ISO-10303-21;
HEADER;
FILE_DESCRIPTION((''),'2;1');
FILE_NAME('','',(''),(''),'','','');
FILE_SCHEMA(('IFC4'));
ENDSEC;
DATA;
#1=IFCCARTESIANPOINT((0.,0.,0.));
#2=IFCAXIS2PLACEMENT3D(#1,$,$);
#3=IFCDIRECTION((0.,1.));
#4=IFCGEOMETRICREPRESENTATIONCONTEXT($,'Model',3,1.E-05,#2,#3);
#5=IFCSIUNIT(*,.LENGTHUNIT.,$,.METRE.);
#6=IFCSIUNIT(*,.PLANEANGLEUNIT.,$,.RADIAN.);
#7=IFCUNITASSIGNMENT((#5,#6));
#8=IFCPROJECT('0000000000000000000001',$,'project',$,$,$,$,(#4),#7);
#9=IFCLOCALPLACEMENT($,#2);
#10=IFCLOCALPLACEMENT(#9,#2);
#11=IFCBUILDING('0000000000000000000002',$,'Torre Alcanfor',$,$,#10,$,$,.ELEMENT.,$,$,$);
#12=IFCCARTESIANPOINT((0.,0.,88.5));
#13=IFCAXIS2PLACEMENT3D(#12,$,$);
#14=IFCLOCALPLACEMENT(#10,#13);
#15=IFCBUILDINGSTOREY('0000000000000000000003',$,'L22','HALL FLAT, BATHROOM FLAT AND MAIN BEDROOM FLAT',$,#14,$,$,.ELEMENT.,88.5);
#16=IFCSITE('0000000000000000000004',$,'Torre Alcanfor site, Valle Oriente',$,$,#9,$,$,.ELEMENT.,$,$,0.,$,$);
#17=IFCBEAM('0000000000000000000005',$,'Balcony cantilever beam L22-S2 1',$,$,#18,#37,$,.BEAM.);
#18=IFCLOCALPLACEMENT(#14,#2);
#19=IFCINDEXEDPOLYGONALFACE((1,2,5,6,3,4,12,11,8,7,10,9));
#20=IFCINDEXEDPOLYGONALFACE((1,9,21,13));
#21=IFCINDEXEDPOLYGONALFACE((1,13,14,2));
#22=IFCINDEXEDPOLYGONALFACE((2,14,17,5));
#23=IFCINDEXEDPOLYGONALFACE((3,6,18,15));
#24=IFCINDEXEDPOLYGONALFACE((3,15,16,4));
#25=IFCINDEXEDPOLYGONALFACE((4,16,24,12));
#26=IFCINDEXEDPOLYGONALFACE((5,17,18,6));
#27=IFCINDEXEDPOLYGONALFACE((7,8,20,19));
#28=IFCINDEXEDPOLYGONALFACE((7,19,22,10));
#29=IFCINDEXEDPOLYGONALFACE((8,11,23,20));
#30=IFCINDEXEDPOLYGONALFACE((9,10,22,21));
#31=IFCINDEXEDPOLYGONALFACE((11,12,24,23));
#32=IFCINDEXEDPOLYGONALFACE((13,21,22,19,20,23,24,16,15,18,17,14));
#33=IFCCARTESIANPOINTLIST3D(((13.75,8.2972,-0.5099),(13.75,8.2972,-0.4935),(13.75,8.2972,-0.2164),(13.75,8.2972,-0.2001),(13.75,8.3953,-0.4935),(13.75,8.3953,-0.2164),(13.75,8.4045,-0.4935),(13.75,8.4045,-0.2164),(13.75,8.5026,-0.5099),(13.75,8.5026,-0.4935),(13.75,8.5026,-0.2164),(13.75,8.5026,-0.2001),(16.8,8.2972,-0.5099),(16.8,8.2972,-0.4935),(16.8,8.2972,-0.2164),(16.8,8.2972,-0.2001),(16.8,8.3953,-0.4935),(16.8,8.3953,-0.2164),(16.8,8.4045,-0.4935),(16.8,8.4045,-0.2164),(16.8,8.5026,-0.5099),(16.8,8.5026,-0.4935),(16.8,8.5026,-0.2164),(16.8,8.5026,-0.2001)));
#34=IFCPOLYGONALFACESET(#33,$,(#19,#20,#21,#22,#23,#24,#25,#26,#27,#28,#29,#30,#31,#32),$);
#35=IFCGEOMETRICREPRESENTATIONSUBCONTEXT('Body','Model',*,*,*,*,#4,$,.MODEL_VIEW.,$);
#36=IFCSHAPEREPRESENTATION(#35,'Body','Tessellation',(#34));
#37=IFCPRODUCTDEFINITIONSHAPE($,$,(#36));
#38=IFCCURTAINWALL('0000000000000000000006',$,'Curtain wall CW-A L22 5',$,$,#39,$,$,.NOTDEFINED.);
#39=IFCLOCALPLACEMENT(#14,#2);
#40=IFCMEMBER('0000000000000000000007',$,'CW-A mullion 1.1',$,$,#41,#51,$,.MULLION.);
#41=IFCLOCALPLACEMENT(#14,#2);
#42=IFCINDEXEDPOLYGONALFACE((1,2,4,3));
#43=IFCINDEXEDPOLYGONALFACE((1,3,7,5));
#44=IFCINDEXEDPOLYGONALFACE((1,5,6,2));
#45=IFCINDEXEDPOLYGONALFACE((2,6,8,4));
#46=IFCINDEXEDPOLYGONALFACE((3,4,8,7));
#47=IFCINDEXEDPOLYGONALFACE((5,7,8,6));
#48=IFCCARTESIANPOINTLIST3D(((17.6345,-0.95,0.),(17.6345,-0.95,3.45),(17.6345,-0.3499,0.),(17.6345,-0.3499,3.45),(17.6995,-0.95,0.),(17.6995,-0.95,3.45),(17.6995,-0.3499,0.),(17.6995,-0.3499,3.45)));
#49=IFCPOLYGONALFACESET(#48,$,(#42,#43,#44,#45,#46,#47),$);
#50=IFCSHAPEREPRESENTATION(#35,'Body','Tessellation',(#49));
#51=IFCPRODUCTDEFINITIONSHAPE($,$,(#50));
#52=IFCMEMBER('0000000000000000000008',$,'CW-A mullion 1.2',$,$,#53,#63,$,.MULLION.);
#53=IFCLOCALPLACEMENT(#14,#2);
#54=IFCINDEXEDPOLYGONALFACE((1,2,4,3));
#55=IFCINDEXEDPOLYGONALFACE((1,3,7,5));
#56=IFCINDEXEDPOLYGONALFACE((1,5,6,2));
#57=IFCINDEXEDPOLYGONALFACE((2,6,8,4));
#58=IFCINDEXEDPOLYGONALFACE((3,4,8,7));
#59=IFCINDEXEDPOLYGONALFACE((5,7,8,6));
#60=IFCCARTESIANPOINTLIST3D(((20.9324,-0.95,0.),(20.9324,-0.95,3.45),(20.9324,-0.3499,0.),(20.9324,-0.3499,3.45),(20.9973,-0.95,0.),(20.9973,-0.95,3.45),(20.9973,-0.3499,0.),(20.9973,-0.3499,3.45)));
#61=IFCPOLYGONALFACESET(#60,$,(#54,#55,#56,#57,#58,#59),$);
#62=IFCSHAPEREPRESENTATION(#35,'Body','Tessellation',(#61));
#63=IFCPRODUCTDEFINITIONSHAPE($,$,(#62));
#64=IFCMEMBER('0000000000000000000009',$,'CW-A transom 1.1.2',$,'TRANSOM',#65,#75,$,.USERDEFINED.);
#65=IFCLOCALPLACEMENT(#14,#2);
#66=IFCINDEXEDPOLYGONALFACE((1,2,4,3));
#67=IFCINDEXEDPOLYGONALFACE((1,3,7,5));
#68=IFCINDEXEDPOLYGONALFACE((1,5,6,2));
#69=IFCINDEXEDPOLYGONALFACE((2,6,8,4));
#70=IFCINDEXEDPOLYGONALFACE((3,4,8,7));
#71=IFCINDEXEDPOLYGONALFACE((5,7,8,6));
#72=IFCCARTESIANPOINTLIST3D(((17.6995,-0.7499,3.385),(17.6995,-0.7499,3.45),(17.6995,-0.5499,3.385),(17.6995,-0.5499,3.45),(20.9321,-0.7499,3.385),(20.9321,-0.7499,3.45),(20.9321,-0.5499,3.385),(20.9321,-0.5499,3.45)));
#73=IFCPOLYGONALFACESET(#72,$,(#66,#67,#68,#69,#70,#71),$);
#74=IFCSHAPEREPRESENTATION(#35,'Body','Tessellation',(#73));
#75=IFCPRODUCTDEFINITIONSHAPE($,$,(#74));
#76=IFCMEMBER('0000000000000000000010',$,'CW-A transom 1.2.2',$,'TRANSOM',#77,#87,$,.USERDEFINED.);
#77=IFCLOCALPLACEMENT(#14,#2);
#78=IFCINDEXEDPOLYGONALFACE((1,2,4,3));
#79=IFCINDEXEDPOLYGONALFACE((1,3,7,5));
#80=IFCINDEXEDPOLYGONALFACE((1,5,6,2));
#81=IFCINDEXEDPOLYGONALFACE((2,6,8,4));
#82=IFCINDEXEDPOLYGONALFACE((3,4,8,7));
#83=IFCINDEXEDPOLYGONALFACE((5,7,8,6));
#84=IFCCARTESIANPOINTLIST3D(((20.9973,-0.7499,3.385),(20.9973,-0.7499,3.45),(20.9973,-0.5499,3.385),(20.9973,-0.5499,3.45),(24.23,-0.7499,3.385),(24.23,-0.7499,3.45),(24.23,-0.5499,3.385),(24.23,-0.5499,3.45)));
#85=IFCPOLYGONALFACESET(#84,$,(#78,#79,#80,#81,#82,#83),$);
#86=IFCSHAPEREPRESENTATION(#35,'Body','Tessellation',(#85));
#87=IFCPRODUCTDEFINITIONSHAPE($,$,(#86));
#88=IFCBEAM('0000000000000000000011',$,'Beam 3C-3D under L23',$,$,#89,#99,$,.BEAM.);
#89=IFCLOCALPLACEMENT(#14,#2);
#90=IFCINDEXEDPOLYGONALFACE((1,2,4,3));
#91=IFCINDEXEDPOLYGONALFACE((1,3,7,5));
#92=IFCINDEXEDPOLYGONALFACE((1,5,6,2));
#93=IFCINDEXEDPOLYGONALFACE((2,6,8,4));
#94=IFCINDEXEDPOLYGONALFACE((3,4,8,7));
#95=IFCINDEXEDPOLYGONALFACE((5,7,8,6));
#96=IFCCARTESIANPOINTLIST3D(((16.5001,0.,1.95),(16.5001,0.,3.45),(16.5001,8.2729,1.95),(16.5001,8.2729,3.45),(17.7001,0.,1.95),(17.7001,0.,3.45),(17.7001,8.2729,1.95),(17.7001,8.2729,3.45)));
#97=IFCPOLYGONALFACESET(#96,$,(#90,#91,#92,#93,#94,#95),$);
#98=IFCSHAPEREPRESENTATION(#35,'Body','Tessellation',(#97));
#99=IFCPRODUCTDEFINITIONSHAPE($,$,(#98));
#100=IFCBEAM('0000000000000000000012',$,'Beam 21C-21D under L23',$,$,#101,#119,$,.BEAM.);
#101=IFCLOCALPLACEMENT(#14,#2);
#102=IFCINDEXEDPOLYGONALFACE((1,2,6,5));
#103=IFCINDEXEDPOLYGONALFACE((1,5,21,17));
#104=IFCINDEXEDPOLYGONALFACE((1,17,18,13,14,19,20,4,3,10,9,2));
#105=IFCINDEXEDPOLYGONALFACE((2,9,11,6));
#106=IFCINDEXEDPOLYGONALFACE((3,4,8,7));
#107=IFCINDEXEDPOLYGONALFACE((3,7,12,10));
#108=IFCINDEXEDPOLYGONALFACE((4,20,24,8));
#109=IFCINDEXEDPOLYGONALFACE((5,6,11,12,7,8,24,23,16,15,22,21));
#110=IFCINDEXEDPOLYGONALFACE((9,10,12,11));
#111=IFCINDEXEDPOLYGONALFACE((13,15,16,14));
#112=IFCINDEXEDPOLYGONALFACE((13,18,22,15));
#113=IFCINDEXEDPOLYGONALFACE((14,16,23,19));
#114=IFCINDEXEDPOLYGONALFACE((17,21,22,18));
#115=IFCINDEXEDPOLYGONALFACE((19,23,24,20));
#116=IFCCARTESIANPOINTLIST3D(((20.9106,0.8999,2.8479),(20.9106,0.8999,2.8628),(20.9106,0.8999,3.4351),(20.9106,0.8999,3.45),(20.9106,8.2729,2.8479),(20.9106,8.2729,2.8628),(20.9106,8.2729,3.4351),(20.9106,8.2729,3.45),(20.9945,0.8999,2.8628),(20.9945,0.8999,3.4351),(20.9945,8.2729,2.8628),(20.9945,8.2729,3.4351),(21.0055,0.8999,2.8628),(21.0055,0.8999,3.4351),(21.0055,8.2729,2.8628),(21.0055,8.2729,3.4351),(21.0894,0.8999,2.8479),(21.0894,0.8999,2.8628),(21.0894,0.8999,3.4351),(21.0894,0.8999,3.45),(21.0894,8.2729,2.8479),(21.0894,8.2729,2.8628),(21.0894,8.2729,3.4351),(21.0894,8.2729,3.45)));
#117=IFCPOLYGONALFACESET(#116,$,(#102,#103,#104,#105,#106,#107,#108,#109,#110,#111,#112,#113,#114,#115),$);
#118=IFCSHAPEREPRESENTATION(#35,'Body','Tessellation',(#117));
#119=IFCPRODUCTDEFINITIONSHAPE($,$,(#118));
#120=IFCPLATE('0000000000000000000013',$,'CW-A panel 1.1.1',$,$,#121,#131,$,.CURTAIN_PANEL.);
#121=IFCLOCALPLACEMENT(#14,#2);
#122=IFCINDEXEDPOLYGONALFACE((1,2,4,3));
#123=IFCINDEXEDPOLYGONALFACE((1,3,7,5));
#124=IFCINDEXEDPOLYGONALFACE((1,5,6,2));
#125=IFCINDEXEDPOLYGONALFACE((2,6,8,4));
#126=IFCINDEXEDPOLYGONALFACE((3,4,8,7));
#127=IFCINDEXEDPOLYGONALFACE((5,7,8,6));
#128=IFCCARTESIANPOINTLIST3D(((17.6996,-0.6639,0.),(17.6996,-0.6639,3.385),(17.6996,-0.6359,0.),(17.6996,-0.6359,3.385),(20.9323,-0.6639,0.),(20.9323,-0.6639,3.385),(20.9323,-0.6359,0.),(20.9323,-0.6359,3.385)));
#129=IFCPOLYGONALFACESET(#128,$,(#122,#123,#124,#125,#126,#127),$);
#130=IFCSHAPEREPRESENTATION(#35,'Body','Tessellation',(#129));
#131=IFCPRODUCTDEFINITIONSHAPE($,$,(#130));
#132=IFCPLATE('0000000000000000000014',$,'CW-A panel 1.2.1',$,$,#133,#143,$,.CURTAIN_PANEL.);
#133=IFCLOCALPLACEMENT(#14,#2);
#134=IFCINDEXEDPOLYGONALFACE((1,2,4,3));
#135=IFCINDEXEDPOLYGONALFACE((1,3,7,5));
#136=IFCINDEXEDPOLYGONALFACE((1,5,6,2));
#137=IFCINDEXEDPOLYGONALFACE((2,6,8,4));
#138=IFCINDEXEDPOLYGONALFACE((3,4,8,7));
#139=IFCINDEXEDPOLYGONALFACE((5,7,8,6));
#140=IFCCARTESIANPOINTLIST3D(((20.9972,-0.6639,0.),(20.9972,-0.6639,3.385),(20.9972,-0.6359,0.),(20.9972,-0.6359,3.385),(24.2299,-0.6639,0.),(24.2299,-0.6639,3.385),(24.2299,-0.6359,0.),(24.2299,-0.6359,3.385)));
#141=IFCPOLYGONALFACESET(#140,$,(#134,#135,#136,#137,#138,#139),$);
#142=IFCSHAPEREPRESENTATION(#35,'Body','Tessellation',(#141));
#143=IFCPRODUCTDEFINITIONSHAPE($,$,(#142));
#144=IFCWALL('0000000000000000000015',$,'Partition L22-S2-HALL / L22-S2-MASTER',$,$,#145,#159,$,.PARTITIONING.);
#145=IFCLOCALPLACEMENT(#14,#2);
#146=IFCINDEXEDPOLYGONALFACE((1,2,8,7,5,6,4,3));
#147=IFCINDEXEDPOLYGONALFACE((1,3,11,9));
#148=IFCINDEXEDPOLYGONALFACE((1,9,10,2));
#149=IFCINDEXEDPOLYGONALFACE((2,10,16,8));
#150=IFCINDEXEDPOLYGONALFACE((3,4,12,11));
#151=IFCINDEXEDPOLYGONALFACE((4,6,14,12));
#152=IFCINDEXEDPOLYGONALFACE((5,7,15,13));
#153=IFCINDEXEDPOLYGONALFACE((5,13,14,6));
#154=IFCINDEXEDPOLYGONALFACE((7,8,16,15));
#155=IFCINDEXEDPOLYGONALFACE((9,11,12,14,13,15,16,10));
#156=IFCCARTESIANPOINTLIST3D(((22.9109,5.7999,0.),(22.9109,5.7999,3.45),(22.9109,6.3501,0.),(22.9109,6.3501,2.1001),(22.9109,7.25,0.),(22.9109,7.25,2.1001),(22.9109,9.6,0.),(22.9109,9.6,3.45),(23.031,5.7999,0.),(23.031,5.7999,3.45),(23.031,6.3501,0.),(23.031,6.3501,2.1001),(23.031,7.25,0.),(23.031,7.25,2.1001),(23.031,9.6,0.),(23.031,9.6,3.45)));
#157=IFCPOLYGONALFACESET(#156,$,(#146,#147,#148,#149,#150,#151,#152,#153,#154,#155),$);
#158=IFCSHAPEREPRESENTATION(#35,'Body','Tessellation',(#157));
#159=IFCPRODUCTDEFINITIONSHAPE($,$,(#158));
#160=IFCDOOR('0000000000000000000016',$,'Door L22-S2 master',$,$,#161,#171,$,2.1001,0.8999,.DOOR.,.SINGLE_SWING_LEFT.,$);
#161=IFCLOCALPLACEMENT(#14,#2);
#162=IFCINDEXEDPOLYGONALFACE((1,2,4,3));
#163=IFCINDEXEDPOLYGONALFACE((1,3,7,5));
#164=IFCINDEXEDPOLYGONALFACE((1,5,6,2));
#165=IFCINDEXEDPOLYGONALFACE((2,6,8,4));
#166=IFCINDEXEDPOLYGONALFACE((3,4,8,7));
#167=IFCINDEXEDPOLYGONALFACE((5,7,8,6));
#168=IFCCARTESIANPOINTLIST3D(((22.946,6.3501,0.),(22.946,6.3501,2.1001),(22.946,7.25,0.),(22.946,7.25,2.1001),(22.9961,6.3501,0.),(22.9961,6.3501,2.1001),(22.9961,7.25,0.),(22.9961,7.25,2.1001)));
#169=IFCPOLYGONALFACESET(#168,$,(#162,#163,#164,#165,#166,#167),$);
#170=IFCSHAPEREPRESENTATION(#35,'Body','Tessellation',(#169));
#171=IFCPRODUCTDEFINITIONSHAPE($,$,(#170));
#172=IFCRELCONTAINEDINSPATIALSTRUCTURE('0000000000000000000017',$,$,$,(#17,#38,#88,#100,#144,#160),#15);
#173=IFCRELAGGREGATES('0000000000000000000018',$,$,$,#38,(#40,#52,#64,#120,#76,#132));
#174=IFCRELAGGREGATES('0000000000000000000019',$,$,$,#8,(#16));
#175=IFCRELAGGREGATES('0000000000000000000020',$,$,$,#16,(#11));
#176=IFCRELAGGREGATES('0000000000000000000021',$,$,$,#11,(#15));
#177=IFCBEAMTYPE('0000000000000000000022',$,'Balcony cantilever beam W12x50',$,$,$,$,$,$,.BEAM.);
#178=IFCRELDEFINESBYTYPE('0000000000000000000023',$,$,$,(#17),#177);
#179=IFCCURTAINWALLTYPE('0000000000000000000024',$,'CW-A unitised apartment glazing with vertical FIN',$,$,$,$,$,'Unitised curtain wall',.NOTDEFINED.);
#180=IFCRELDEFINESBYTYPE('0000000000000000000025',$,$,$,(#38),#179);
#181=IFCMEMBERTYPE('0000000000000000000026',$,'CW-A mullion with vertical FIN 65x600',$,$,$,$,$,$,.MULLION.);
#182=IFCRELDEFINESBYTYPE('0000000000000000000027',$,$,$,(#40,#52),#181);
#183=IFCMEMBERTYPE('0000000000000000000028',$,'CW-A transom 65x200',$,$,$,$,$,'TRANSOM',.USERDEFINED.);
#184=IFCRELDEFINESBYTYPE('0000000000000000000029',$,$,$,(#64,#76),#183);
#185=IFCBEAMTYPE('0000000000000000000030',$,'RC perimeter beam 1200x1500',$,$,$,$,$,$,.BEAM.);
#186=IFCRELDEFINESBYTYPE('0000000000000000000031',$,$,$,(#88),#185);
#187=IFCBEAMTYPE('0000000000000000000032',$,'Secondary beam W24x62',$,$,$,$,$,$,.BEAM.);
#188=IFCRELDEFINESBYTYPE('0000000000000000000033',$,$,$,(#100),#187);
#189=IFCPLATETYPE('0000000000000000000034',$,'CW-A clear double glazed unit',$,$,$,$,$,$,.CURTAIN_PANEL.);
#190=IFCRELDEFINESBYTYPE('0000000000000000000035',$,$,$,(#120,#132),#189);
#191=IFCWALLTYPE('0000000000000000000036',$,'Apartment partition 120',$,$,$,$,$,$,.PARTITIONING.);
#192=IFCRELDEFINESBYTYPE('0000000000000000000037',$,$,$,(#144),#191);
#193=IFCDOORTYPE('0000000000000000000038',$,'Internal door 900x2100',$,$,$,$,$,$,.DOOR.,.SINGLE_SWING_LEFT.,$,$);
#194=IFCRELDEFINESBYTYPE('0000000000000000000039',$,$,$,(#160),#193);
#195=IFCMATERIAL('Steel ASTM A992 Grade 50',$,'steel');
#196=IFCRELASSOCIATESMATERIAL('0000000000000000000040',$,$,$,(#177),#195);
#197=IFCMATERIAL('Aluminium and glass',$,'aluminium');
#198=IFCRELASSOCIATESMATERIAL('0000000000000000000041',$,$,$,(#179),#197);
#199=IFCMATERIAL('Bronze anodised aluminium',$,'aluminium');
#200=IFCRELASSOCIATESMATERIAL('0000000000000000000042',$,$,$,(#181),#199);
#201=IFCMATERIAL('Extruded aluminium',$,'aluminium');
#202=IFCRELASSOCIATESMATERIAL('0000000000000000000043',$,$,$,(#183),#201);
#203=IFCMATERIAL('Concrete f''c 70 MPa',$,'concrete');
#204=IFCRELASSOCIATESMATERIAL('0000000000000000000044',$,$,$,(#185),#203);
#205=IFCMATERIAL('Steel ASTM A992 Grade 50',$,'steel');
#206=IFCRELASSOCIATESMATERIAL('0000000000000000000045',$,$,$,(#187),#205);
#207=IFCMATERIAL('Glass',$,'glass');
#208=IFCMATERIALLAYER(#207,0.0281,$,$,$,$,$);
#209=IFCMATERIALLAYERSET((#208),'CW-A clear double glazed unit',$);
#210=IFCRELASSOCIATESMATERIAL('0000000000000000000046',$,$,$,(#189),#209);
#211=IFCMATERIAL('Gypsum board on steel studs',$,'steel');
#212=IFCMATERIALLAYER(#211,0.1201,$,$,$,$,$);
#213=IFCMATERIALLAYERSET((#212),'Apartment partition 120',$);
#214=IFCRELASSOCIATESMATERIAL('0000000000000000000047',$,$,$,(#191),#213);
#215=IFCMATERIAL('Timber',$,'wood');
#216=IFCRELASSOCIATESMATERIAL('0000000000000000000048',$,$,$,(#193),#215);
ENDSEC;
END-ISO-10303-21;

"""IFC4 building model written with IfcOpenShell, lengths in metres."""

from ifc_helpers import new_model, si_unit, direction, frame, frame_2d, origin, origin_2d, place, context, subcontext, project, spatial, rectangle, i_section, extrude, material, layer, layer_set, material_profile, profile_set, type_object, element, fill, aggregate, save


model = new_model("IFC4")

# Units and contexts
model_context = context("Model", 3, precision=1e-05, world=origin(), true_north=direction((0.0, 1.0)))
body_context = subcontext(model_context, "Body", "Model", "MODEL_VIEW")
ifc_project = project(units=[si_unit("LENGTHUNIT", "METRE"), si_unit("PLANEANGLEUNIT", "RADIAN")], contexts=[model_context])

# Site, building, storey
site_placement = place(None, origin())
site = spatial("IfcSite", under=ifc_project, at=site_placement, Name="Torre Alcanfor site, Valle Oriente", CompositionType="ELEMENT", RefElevation=0.0)
building_placement = place(site_placement, origin())
building = spatial("IfcBuilding", under=site, at=building_placement, Name="Torre Alcanfor", CompositionType="ELEMENT")
storey_placement = place(building_placement, frame((0.0, 0.0, 88.5)))
storey = spatial("IfcBuildingStorey", under=building, at=storey_placement, Name="L22", Description="HALL FLAT, BATHROOM FLAT AND MAIN BEDROOM FLAT", CompositionType="ELEMENT", Elevation=88.5)

# Beam
ifc_material_1 = material(Name="Steel ASTM A992 Grade 50", Category="steel")
ifc_material_profile_1 = material_profile(ifc_material_1, i_section(OverallWidth=0.2053, OverallDepth=0.3098, WebThickness=0.0093, FlangeThickness=0.0164, at=origin_2d()), Name="W12x50")
ifc_profile_set_1 = profile_set([ifc_material_profile_1], Name="Steel ASTM A992 Grade 50")
beam_type_1 = type_object("IfcBeamType", Name="Balcony cantilever beam W12x50", PredefinedType="BEAM", material=ifc_profile_set_1)
beam_1_placement = place(storey_placement, frame((16.8, 8.3999, -0.355), z_axis=(-1.0, 0.0, 0.0), x_axis=(0.0, -1.0, 0.0)))
element("IfcBeam", 1, at=beam_1_placement, inside=storey, type_object=beam_type_1, Name="Balcony cantilever beam L22-S2 1", PredefinedType="BEAM", context=body_context, shape_type="SweptSolid", body=[
    extrude(i_section(OverallWidth=0.2053, OverallDepth=0.3098, WebThickness=0.0093, FlangeThickness=0.0164, at=origin_2d()), origin(), (0.0, 0.0, 1.0), 3.05),
])

# Curtain wall, members
ifc_material_2 = material(Name="Aluminium and glass", Category="aluminium")
curtain_wall_type = type_object("IfcCurtainWallType", Name="CW-A unitised apartment glazing with vertical FIN", ElementType="Unitised curtain wall", PredefinedType="NOTDEFINED", material=ifc_material_2)
curtain_wall_placement = place(storey_placement, origin())
curtain_wall = element("IfcCurtainWall", 2, at=curtain_wall_placement, inside=storey, type_object=curtain_wall_type, Name="Curtain wall CW-A L22 5", PredefinedType="NOTDEFINED")
ifc_material_3 = material(Name="Bronze anodised aluminium", Category="aluminium")
ifc_material_profile_2 = material_profile(ifc_material_3, rectangle(XDim=0.6001, YDim=0.0649, at=origin_2d()), Name="CW-A mullion 65x600")
ifc_profile_set_2 = profile_set([ifc_material_profile_2], Name="Bronze anodised aluminium")
member_type_1 = type_object("IfcMemberType", Name="CW-A mullion with vertical FIN 65x600", PredefinedType="MULLION", material=ifc_profile_set_2)
member_1_placement = place(storey_placement, frame((17.667, -0.6499, 0.0), z_axis=(0.0, 0.0, 1.0), x_axis=(0.0, 1.0, 0.0)))
member_1 = element("IfcMember", 3, at=member_1_placement, type_object=member_type_1, Name="CW-A mullion 1.1", PredefinedType="MULLION", context=body_context, shape_type="SweptSolid", body=[
    extrude(rectangle(XDim=0.6001, YDim=0.0649, at=origin_2d()), origin(), (0.0, 0.0, 1.0), 3.45),
])
member_2_placement = place(storey_placement, frame((20.9648, -0.6499, 0.0), z_axis=(0.0, 0.0, 1.0), x_axis=(0.0, 1.0, 0.0)))
member_2 = element("IfcMember", 4, at=member_2_placement, type_object=member_type_1, Name="CW-A mullion 1.2", PredefinedType="MULLION", context=body_context, shape_type="SweptSolid", body=[
    extrude(rectangle(XDim=0.6001, YDim=0.0649, at=origin_2d()), origin(), (0.0, 0.0, 1.0), 3.45),
])
ifc_material_4 = material(Name="Extruded aluminium", Category="aluminium")
ifc_material_profile_3 = material_profile(ifc_material_4, rectangle(XDim=0.2, YDim=0.0649, at=origin_2d()), Name="CW-A transom 200x65")
ifc_profile_set_3 = profile_set([ifc_material_profile_3], Name="Extruded aluminium")
member_type_2 = type_object("IfcMemberType", Name="CW-A transom 65x200", ElementType="TRANSOM", PredefinedType="USERDEFINED", material=ifc_profile_set_3)
member_3_placement = place(storey_placement, frame((17.6995, -0.6499, 3.4175), z_axis=(1.0, 0.0, 0.0), x_axis=(0.0, 1.0, 0.0)))
member_3 = element("IfcMember", 5, at=member_3_placement, type_object=member_type_2, Name="CW-A transom 1.1.2", ObjectType="TRANSOM", PredefinedType="USERDEFINED", context=body_context, shape_type="SweptSolid", body=[
    extrude(rectangle(XDim=0.2, YDim=0.0649, at=origin_2d()), origin(), (0.0, 0.0, 1.0), 3.2327),
])
member_4_placement = place(storey_placement, frame((20.9973, -0.6499, 3.4175), z_axis=(1.0, 0.0, 0.0), x_axis=(0.0, 1.0, 0.0)))
member_4 = element("IfcMember", 6, at=member_4_placement, type_object=member_type_2, Name="CW-A transom 1.2.2", ObjectType="TRANSOM", PredefinedType="USERDEFINED", context=body_context, shape_type="SweptSolid", body=[
    extrude(rectangle(XDim=0.2, YDim=0.0649, at=origin_2d()), origin(), (0.0, 0.0, 1.0), 3.2327),
])

# Beams
ifc_material_5 = material(Name="Concrete f'c 70 MPa", Category="concrete")
ifc_material_profile_4 = material_profile(ifc_material_5, rectangle(XDim=1.2, YDim=1.5, at=origin_2d()), Name="1200x1500")
ifc_profile_set_4 = profile_set([ifc_material_profile_4], Name="Concrete f'c 70 MPa")
beam_type_2 = type_object("IfcBeamType", Name="RC perimeter beam 1200x1500", PredefinedType="BEAM", material=ifc_profile_set_4)
beam_2_placement = place(storey_placement, frame((17.1001, 0.0, 2.7), z_axis=(0.0, 1.0, 0.0), x_axis=(-1.0, 0.0, 0.0)))
element("IfcBeam", 7, at=beam_2_placement, inside=storey, type_object=beam_type_2, Name="Beam 3C-3D under L23", PredefinedType="BEAM", context=body_context, shape_type="SweptSolid", body=[
    extrude(rectangle(XDim=1.2, YDim=1.5, at=origin_2d()), origin(), (0.0, 0.0, 1.0), 8.2729),
])
ifc_material_6 = material(Name="Steel ASTM A992 Grade 50", Category="steel")
ifc_material_profile_5 = material_profile(ifc_material_6, i_section(OverallWidth=0.1787, OverallDepth=0.6021, WebThickness=0.011, FlangeThickness=0.0149, at=origin_2d()), Name="W24x62")
ifc_profile_set_5 = profile_set([ifc_material_profile_5], Name="Steel ASTM A992 Grade 50")
beam_type_3 = type_object("IfcBeamType", Name="Secondary beam W24x62", PredefinedType="BEAM", material=ifc_profile_set_5)
beam_3_placement = place(storey_placement, frame((21.0, 0.8999, 3.1489), z_axis=(0.0, 1.0, 0.0), x_axis=(-1.0, 0.0, 0.0)))
element("IfcBeam", 8, at=beam_3_placement, inside=storey, type_object=beam_type_3, Name="Beam 21C-21D under L23", PredefinedType="BEAM", context=body_context, shape_type="SweptSolid", body=[
    extrude(i_section(OverallWidth=0.1787, OverallDepth=0.6021, WebThickness=0.011, FlangeThickness=0.0149, at=origin_2d()), origin(), (0.0, 0.0, 1.0), 7.373),
])

# Plates
ifc_material_7 = material(Name="Glass", Category="glass")
ifc_layer_1 = layer(ifc_material_7, 0.0281)
ifc_layer_set_1 = layer_set([ifc_layer_1], Name="CW-A clear double glazed unit")
plate_type = type_object("IfcPlateType", Name="CW-A clear double glazed unit", PredefinedType="CURTAIN_PANEL", material=ifc_layer_set_1)
plate_1_placement = place(storey_placement, frame((19.3159, -0.6499, 0.0), z_axis=(0.0, 0.0, 1.0), x_axis=(1.0, 0.0, 0.0)))
plate_1 = element("IfcPlate", 9, at=plate_1_placement, type_object=plate_type, Name="CW-A panel 1.1.1", PredefinedType="CURTAIN_PANEL", context=body_context, shape_type="SweptSolid", body=[
    extrude(rectangle(XDim=3.2327, YDim=0.0281, at=origin_2d()), origin(), (0.0, 0.0, 1.0), 3.385),
])
plate_2_placement = place(storey_placement, frame((22.6135, -0.6499, 0.0), z_axis=(0.0, 0.0, 1.0), x_axis=(1.0, 0.0, 0.0)))
plate_2 = element("IfcPlate", 10, at=plate_2_placement, type_object=plate_type, Name="CW-A panel 1.2.1", PredefinedType="CURTAIN_PANEL", context=body_context, shape_type="SweptSolid", body=[
    extrude(rectangle(XDim=3.2327, YDim=0.0281, at=origin_2d()), origin(), (0.0, 0.0, 1.0), 3.385),
])
aggregate(curtain_wall, [member_1, member_2, member_3, plate_1, member_4, plate_2])

# Wall, opening, door
ifc_material_8 = material(Name="Gypsum board on steel studs", Category="steel")
ifc_layer_2 = layer(ifc_material_8, 0.1201)
ifc_layer_set_2 = layer_set([ifc_layer_2], Name="Apartment partition 120")
wall_type = type_object("IfcWallType", Name="Apartment partition 120", PredefinedType="PARTITIONING", material=ifc_layer_set_2)
wall_1_placement = place(storey_placement, frame((22.9709, 5.8, 0.0), z_axis=(0.0, 0.0, 1.0), x_axis=(0.0, 1.0, 0.0)))
wall_1 = element("IfcWall", 11, at=wall_1_placement, inside=storey, type_object=wall_type, Name="Partition L22-S2-HALL / L22-S2-MASTER", PredefinedType="PARTITIONING", context=body_context, shape_type="SweptSolid", body=[
    extrude(rectangle(XDim=3.8, YDim=0.1201, at=frame_2d((1.8999, 0.0))), origin(), (0.0, 0.0, 1.0), 3.45),
])
opening_1_placement = place(wall_1_placement, frame((0.55, 0.0, 0.0)))
opening_1 = element("IfcOpeningElement", 12, at=opening_1_placement, cuts=wall_1, PredefinedType="OPENING", context=body_context, shape_type="SweptSolid", body=[
    extrude(rectangle(XDim=0.8999, YDim=2.1001, at=frame_2d((0.45, 1.05))), frame((0.0, 0.0701, 0.0), z_axis=(0.0, -1.0, 0.0), x_axis=(1.0, 0.0, 0.0)), (0.0, 0.0, 1.0), 0.1401),
])
ifc_material_9 = material(Name="Timber", Category="wood")
door_type = type_object("IfcDoorType", Name="Internal door 900x2100", OperationType="SINGLE_SWING_LEFT", PredefinedType="DOOR", material=ifc_material_9)
door_1_placement = place(opening_1_placement, origin())
door_1 = element("IfcDoor", 13, at=door_1_placement, inside=storey, type_object=door_type, Name="Door L22-S2 master", OperationType="SINGLE_SWING_LEFT", OverallHeight=2.1001, OverallWidth=0.8999, PredefinedType="DOOR", context=body_context, shape_type="SweptSolid", body=[
    extrude(rectangle(XDim=0.8999, YDim=2.1001, at=frame_2d((0.45, 1.05))), frame((0.0, 0.0249, 0.0), z_axis=(0.0, -1.0, 0.0), x_axis=(1.0, 0.0, 0.0)), (0.0, 0.0, 1.0), 0.05),
])
fill(opening_1, door_1)

save(model, "model.ifc")
